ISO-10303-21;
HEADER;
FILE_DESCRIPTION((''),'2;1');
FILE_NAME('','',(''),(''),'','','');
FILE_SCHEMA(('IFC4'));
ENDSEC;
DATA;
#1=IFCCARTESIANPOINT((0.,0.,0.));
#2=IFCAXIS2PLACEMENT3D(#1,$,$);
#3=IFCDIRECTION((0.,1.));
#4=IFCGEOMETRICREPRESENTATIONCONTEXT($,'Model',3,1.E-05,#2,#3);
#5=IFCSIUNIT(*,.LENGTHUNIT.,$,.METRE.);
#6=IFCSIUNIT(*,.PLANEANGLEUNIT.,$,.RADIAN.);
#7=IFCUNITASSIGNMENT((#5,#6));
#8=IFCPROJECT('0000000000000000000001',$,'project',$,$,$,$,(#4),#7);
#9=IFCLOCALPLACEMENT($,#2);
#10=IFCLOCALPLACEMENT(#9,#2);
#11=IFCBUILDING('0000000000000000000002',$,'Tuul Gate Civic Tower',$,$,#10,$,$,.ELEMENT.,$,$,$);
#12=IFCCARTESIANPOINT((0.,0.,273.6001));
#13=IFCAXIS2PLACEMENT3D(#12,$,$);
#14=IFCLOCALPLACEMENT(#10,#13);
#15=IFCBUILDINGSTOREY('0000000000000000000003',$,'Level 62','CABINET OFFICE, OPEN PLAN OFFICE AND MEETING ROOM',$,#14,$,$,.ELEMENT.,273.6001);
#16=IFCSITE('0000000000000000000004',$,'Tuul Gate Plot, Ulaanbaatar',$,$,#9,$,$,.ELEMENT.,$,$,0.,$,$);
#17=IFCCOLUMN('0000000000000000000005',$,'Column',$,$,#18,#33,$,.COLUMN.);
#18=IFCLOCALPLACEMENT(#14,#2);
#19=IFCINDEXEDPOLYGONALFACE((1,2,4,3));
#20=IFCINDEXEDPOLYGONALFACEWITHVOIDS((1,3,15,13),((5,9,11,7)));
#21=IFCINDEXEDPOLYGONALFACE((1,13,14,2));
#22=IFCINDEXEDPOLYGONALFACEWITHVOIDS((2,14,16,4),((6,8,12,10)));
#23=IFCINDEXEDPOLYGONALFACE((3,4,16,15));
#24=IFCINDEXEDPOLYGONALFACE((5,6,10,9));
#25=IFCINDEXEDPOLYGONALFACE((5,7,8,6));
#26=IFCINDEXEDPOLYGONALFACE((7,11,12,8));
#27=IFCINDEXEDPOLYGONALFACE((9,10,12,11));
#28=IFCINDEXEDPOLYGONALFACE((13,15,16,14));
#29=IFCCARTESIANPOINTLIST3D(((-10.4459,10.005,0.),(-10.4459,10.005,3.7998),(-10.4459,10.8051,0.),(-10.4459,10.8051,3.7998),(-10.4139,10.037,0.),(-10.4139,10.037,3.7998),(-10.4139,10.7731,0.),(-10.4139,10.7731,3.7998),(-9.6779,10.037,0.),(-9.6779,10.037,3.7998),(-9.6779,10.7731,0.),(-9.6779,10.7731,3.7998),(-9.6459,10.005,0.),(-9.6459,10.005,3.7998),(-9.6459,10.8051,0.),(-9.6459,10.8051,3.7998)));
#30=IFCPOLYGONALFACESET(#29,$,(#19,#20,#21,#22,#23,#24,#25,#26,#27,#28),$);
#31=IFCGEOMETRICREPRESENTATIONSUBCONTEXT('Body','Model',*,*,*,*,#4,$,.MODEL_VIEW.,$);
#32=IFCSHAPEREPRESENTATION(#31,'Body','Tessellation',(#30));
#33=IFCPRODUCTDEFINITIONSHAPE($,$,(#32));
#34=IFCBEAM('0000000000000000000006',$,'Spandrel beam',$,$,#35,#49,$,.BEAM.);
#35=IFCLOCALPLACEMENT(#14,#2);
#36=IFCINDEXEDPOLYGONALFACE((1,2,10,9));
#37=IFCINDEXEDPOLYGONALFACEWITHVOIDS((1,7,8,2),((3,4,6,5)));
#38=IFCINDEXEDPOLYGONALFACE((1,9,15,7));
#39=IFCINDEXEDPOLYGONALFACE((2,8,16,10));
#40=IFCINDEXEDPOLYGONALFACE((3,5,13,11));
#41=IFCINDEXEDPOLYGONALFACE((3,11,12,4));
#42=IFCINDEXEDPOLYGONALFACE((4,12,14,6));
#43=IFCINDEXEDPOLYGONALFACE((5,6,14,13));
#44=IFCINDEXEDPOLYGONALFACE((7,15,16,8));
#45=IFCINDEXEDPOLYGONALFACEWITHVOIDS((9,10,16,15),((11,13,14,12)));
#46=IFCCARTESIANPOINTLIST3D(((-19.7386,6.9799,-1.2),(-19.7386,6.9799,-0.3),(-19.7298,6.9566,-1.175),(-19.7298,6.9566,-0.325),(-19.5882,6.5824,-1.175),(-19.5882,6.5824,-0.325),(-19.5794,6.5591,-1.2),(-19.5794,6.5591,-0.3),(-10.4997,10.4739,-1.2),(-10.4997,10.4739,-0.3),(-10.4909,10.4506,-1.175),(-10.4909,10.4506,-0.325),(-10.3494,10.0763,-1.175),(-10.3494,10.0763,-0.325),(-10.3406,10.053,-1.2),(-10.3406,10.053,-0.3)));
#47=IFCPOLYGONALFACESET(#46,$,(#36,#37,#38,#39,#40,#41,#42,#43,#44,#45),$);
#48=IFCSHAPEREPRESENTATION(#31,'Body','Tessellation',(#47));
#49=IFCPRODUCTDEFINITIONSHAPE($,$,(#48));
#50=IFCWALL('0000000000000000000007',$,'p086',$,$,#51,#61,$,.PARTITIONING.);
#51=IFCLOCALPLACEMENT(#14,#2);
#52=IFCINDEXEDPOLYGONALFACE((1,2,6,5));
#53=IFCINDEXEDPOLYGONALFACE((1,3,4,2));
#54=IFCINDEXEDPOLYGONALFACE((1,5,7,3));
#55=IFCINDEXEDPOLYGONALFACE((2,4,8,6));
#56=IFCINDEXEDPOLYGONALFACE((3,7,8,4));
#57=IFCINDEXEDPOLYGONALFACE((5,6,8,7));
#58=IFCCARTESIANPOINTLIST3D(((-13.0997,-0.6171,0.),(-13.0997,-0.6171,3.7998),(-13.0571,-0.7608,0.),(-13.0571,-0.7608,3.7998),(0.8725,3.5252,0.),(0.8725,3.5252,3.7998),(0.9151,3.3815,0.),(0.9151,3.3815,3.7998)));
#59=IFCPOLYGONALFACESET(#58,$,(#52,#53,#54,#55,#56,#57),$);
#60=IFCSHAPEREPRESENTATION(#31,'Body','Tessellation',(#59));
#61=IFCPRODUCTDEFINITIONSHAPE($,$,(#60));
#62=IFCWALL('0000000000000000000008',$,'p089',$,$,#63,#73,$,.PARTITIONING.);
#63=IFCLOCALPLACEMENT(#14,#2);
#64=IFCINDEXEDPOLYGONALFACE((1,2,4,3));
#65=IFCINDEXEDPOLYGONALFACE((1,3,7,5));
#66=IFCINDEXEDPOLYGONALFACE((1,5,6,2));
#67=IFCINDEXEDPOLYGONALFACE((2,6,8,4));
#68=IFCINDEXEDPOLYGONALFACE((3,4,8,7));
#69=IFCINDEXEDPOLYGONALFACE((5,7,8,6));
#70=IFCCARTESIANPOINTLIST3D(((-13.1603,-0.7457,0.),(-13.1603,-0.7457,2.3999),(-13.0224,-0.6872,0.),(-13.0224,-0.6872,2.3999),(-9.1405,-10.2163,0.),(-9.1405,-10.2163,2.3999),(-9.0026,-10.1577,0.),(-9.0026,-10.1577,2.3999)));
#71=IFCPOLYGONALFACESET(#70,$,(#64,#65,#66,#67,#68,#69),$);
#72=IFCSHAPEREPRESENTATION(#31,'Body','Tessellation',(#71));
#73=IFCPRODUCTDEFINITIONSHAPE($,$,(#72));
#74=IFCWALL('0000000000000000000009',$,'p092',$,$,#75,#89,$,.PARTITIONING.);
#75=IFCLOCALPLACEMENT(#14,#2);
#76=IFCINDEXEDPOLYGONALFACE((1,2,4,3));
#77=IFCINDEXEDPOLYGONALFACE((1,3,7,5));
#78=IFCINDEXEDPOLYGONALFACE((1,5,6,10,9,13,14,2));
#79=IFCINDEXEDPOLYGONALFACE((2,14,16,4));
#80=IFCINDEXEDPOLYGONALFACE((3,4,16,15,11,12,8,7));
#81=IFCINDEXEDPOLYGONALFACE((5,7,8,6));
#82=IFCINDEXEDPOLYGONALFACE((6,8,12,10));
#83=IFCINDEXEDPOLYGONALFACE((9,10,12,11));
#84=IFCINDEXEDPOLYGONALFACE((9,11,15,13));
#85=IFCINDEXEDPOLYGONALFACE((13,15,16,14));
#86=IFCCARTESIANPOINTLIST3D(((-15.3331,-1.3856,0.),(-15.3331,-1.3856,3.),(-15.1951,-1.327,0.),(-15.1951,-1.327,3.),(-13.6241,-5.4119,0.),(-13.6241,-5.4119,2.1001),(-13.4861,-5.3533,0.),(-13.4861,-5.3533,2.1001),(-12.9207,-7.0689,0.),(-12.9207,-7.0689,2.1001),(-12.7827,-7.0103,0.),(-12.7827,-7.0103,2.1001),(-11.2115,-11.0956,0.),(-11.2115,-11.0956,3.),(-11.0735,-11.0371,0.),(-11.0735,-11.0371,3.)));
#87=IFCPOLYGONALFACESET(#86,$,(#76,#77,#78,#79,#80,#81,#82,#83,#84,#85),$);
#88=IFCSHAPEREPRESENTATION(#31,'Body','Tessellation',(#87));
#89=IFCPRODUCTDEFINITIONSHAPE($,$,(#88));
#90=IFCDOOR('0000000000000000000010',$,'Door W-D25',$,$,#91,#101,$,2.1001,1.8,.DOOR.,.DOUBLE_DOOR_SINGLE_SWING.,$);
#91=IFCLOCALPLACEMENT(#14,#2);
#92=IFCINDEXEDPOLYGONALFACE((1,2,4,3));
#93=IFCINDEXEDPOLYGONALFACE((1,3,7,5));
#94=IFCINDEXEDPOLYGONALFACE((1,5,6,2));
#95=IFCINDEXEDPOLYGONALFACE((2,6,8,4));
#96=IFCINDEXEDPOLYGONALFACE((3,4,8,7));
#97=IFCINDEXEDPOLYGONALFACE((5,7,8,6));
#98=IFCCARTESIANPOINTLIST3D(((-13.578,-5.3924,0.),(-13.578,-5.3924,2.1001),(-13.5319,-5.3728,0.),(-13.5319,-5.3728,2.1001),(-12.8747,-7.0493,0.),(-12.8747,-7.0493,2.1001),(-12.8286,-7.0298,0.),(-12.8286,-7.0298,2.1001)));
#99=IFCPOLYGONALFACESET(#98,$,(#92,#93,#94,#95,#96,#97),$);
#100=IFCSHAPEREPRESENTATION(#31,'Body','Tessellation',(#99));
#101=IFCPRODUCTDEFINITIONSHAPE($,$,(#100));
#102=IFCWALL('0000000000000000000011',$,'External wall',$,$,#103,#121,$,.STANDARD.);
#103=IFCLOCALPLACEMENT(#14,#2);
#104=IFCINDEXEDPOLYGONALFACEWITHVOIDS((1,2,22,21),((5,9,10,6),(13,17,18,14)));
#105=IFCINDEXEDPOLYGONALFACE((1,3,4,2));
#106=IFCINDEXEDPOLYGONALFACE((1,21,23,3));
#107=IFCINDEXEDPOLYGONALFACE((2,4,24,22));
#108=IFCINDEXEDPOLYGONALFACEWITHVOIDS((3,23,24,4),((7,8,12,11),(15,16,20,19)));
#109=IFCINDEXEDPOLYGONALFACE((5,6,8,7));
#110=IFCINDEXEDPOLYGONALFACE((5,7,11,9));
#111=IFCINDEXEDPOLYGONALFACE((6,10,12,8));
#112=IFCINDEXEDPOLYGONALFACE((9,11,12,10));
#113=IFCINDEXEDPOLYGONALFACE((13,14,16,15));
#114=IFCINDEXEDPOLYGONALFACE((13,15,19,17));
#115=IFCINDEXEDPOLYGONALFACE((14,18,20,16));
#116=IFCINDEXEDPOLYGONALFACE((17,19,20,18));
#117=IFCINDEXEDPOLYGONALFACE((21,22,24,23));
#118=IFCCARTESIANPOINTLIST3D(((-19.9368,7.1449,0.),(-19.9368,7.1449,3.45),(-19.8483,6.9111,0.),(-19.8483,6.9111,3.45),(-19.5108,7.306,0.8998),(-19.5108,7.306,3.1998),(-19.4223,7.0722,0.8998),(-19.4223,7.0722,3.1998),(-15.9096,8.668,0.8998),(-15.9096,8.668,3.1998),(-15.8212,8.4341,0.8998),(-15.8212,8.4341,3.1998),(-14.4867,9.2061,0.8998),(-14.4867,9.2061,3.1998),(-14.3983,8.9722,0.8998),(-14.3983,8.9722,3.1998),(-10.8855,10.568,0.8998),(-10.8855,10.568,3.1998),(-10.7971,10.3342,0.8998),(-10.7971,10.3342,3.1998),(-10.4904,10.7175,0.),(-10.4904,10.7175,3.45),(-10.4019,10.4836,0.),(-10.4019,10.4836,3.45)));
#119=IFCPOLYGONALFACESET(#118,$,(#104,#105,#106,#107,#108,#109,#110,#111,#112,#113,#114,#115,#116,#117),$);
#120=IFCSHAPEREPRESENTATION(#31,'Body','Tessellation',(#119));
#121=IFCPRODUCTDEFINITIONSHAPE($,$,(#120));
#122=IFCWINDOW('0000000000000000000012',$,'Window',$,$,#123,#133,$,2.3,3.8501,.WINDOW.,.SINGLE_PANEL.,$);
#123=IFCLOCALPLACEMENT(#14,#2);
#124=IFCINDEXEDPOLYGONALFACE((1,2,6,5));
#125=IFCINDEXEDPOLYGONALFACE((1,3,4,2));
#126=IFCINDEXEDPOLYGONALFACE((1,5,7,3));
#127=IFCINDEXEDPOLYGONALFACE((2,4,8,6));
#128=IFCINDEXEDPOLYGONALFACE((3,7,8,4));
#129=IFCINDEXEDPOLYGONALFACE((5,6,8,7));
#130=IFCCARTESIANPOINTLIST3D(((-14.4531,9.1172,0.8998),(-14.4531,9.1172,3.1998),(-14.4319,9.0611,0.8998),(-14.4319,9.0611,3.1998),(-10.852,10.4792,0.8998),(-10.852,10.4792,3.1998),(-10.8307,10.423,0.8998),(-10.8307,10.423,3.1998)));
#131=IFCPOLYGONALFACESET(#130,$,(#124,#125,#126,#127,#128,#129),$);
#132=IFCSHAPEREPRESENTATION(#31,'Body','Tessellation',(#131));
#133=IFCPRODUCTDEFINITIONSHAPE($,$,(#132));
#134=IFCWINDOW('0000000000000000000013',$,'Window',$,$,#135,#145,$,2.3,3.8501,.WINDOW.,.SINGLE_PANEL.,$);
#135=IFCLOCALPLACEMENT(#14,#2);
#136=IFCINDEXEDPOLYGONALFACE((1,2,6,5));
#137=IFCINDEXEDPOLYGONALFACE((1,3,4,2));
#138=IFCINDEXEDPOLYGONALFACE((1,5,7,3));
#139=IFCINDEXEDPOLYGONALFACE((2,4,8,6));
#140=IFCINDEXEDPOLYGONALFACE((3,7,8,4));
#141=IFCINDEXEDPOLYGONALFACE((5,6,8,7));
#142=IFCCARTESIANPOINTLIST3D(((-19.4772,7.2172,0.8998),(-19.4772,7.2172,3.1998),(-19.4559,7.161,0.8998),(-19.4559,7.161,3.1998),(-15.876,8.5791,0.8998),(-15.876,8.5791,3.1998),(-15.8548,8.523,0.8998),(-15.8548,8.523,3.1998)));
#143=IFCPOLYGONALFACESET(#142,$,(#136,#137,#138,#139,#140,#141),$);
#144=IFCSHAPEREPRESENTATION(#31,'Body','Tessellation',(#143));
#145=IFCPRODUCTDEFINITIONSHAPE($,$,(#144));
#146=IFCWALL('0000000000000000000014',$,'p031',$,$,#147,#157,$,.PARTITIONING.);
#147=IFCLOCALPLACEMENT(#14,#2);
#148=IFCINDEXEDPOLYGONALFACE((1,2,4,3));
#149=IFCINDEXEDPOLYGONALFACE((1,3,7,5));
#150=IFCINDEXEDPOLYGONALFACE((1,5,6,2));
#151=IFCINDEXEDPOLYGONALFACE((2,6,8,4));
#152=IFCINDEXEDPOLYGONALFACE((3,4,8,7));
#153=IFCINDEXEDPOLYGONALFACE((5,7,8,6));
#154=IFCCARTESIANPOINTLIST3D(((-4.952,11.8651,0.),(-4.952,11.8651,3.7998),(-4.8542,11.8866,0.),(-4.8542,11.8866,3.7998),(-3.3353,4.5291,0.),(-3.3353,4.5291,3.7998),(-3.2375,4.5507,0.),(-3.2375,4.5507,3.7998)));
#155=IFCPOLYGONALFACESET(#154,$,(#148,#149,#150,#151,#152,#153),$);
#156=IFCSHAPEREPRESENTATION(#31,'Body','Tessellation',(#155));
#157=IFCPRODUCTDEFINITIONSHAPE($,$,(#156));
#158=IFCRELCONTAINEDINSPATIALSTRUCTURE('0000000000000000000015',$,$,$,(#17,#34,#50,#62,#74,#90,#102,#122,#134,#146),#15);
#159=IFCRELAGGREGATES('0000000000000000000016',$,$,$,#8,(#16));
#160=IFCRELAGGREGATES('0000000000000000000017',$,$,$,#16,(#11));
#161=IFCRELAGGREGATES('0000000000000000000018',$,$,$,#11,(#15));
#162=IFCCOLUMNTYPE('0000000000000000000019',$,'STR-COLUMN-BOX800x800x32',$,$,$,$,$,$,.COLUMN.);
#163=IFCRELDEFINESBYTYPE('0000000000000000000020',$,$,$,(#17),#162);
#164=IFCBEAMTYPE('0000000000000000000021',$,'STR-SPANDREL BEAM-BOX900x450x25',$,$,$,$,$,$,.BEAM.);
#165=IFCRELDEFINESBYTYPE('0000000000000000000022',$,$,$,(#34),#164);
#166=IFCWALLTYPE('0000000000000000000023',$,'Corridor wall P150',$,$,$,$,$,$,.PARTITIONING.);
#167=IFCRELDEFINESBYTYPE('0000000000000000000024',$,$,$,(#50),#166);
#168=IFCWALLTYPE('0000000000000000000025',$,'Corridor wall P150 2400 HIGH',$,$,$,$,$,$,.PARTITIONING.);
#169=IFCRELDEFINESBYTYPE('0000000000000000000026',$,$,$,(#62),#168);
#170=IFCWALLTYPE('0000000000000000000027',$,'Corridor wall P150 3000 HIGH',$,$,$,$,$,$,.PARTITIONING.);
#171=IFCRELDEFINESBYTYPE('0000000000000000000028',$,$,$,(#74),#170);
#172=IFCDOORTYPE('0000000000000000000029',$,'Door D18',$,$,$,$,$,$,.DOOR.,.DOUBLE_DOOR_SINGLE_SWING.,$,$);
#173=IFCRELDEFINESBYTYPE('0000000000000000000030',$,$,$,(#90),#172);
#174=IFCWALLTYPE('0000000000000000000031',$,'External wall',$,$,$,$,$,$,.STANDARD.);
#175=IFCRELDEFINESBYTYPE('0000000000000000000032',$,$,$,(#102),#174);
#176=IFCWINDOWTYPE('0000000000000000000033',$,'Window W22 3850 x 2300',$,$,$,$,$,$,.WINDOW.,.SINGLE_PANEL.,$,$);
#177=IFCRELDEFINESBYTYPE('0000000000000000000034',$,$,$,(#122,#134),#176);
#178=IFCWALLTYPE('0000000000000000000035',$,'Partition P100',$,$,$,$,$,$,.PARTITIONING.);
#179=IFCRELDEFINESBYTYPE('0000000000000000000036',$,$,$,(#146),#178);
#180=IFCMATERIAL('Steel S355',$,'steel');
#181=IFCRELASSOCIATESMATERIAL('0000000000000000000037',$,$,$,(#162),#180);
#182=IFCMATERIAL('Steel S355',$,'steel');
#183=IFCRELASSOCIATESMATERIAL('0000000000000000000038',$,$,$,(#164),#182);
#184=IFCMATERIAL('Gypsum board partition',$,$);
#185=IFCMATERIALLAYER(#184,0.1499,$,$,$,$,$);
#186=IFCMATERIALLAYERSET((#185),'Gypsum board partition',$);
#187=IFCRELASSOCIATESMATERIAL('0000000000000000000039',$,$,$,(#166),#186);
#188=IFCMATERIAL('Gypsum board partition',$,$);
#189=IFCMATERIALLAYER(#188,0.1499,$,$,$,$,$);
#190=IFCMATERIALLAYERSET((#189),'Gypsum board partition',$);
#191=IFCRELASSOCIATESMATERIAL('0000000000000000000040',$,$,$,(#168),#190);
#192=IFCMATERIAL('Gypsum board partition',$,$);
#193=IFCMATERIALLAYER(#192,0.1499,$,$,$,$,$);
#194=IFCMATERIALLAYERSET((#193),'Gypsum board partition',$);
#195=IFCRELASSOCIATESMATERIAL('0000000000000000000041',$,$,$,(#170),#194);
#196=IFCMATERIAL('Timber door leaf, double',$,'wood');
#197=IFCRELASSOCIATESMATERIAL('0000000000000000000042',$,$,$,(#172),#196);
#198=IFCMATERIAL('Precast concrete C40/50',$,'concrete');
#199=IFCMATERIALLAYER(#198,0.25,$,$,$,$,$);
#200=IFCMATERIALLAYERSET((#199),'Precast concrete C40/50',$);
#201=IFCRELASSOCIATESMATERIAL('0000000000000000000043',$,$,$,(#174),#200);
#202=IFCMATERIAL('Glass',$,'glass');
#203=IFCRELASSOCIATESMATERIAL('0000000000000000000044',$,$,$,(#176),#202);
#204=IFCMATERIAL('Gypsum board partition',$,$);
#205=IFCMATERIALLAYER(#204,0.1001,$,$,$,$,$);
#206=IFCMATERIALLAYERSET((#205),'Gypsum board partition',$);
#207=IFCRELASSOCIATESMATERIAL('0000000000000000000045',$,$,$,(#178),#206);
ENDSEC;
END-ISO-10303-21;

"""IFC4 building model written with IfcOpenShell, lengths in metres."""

from ifc_helpers import new_model, si_unit, direction, frame, frame_2d, origin, origin_2d, place, context, subcontext, project, spatial, rectangle, hollow_rectangle, extrude, material, layer, layer_set, material_profile, profile_set, type_object, element, fill, save


model = new_model("IFC4")

# Units and contexts
model_context = context("Model", 3, precision=1e-05, world=origin(), true_north=direction((0.0, 1.0)))
body_context = subcontext(model_context, "Body", "Model", "MODEL_VIEW")
ifc_project = project(units=[si_unit("LENGTHUNIT", "METRE"), si_unit("PLANEANGLEUNIT", "RADIAN")], contexts=[model_context])

# Site, building, storey
site_placement = place(None, origin())
site = spatial("IfcSite", under=ifc_project, at=site_placement, Name="Tuul Gate Plot, Ulaanbaatar", CompositionType="ELEMENT", RefElevation=0.0)
building_placement = place(site_placement, origin())
building = spatial("IfcBuilding", under=site, at=building_placement, Name="Tuul Gate Civic Tower", CompositionType="ELEMENT")
storey_placement = place(building_placement, frame((0.0, 0.0, 273.6001)))
storey = spatial("IfcBuildingStorey", under=building, at=storey_placement, Name="Level 62", Description="CABINET OFFICE, OPEN PLAN OFFICE AND MEETING ROOM", CompositionType="ELEMENT", Elevation=273.6001)

# Column
ifc_material_1 = material(Name="Steel S355", Category="steel")
ifc_material_profile_1 = material_profile(ifc_material_1, hollow_rectangle(XDim=0.8, YDim=0.8, WallThickness=0.032, at=origin_2d()), Name="BOX800x800x32")
ifc_profile_set_1 = profile_set([ifc_material_profile_1], Name="Steel S355")
column_type = type_object("IfcColumnType", Name="STR-COLUMN-BOX800x800x32", PredefinedType="COLUMN", material=ifc_profile_set_1)
column_placement = place(storey_placement, frame((-10.0459, 10.405, 0.0), z_axis=(0.0, 0.0, 1.0), x_axis=(1.0, 0.0, 0.0)))
element("IfcColumn", 1, at=column_placement, inside=storey, type_object=column_type, Name="Column", PredefinedType="COLUMN", context=body_context, shape_type="SweptSolid", body=[
    extrude(hollow_rectangle(XDim=0.8, YDim=0.8, WallThickness=0.032, at=origin_2d()), origin(), (0.0, 0.0, 1.0), 3.7998),
])

# Beam
ifc_material_2 = material(Name="Steel S355", Category="steel")
ifc_material_profile_2 = material_profile(ifc_material_2, hollow_rectangle(XDim=0.45, YDim=0.8999, WallThickness=0.0249, at=origin_2d()), Name="BOX900x450x25")
ifc_profile_set_2 = profile_set([ifc_material_profile_2], Name="Steel S355")
beam_type = type_object("IfcBeamType", Name="STR-SPANDREL BEAM-BOX900x450x25", PredefinedType="BEAM", material=ifc_profile_set_2)
beam_placement = place(storey_placement, frame((-10.4202, 10.2634, -0.75), z_axis=(-0.935348, -0.353728, 0.0), x_axis=(0.353728, -0.935348, 0.0)))
element("IfcBeam", 2, at=beam_placement, inside=storey, type_object=beam_type, Name="Spandrel beam", PredefinedType="BEAM", context=body_context, shape_type="SweptSolid", body=[
    extrude(hollow_rectangle(XDim=0.45, YDim=0.8999, WallThickness=0.0249, at=origin_2d()), origin(), (0.0, 0.0, 1.0), 9.8774),
])

# Walls
ifc_material_3 = material(Name="Gypsum board partition")
ifc_layer_1 = layer(ifc_material_3, 0.1499)
ifc_layer_set_1 = layer_set([ifc_layer_1], Name="Gypsum board partition")
wall_type_1 = type_object("IfcWallType", Name="Corridor wall P150", PredefinedType="PARTITIONING", material=ifc_layer_set_1)
wall_1_placement = place(storey_placement, frame((-13.0784, -0.689, 0.0), z_axis=(0.0, 0.0, 1.0), x_axis=(0.958753, 0.284242, 0.0)))
element("IfcWall", 3, at=wall_1_placement, inside=storey, type_object=wall_type_1, Name="p086", PredefinedType="PARTITIONING", context=body_context, shape_type="SweptSolid", body=[
    extrude(rectangle(XDim=14.5732, YDim=0.1499, at=frame_2d((7.2866, 0.0))), origin(), (0.0, 0.0, 1.0), 3.7998),
])
ifc_material_4 = material(Name="Gypsum board partition")
ifc_layer_2 = layer(ifc_material_4, 0.1499)
ifc_layer_set_2 = layer_set([ifc_layer_2], Name="Gypsum board partition")
wall_type_2 = type_object("IfcWallType", Name="Corridor wall P150 2400 HIGH", PredefinedType="PARTITIONING", material=ifc_layer_set_2)
wall_2_placement = place(storey_placement, frame((-13.0913, -0.7166, 0.0), z_axis=(0.0, 0.0, 1.0), x_axis=(0.390715, -0.920512, 0.0)))
element("IfcWall", 4, at=wall_2_placement, inside=storey, type_object=wall_type_2, Name="p089", PredefinedType="PARTITIONING", context=body_context, shape_type="SweptSolid", body=[
    extrude(rectangle(XDim=10.2883, YDim=0.1499, at=frame_2d((5.144, 0.0))), origin(), (0.0, 0.0, 1.0), 2.3999),
])

# Wall, opening, door
ifc_material_5 = material(Name="Gypsum board partition")
ifc_layer_3 = layer(ifc_material_5, 0.1499)
ifc_layer_set_3 = layer_set([ifc_layer_3], Name="Gypsum board partition")
wall_type_3 = type_object("IfcWallType", Name="Corridor wall P150 3000 HIGH", PredefinedType="PARTITIONING", material=ifc_layer_set_3)
wall_3_placement = place(storey_placement, frame((-15.2642, -1.3562, 0.0), z_axis=(0.0, 0.0, 1.0), x_axis=(0.390727, -0.920507, 0.0)))
wall_3 = element("IfcWall", 5, at=wall_3_placement, inside=storey, type_object=wall_type_3, Name="p092", PredefinedType="PARTITIONING", context=body_context, shape_type="SweptSolid", body=[
    extrude(rectangle(XDim=10.5486, YDim=0.1499, at=frame_2d((5.2744, 0.0))), origin(), (0.0, 0.0, 1.0), 3.0),
])
opening_1_placement = place(wall_3_placement, frame((4.3743, 0.0, 0.0)))
opening_1 = element("IfcOpeningElement", 6, at=opening_1_placement, cuts=wall_3, PredefinedType="OPENING", context=body_context, shape_type="SweptSolid", body=[
    extrude(rectangle(XDim=1.8, YDim=2.1001, at=frame_2d((0.8999, 1.05))), frame((0.0, 0.085, 0.0), z_axis=(0.0, -1.0, 0.0), x_axis=(1.0, 0.0, 0.0)), (0.0, 0.0, 1.0), 0.1699),
])
ifc_material_6 = material(Name="Timber door leaf, double", Category="wood")
door_type = type_object("IfcDoorType", Name="Door D18", OperationType="DOUBLE_DOOR_SINGLE_SWING", PredefinedType="DOOR", material=ifc_material_6)
door_placement = place(opening_1_placement, frame((1.8, 0.0, 0.0), z_axis=(0.0, 0.0, 1.0), x_axis=(-1.0, 0.0, 0.0)))
door = element("IfcDoor", 7, at=door_placement, inside=storey, type_object=door_type, Name="Door W-D25", OperationType="DOUBLE_DOOR_SINGLE_SWING", OverallHeight=2.1001, OverallWidth=1.8, PredefinedType="DOOR", context=body_context, shape_type="SweptSolid", body=[
    extrude(rectangle(XDim=1.8, YDim=2.1001, at=frame_2d((0.9001, 1.05))), frame((0.0, 0.0249, 0.0), z_axis=(0.0, -1.0, 0.0), x_axis=(1.0, 0.0, 0.0)), (0.0, 0.0, 1.0), 0.05),
])
fill(opening_1, door)

# Wall, openings, windows
ifc_material_7 = material(Name="Precast concrete C40/50", Category="concrete")
ifc_layer_4 = layer(ifc_material_7, 0.25)
ifc_layer_set_4 = layer_set([ifc_layer_4], Name="Precast concrete C40/50")
wall_type_4 = type_object("IfcWallType", Name="External wall", PredefinedType="STANDARD", material=ifc_layer_set_4)
wall_4_placement = place(storey_placement, frame((-10.446, 10.6006, 0.0), z_axis=(0.0, 0.0, 1.0), x_axis=(-0.935344, -0.353739, 0.0)))
wall_4 = element("IfcWall", 8, at=wall_4_placement, inside=storey, type_object=wall_type_4, Name="External wall", PredefinedType="STANDARD", context=body_context, shape_type="SweptSolid", body=[
    extrude(rectangle(XDim=10.0994, YDim=0.25, at=frame_2d((5.0498, 0.0))), origin(), (0.0, 0.0, 1.0), 3.45),
])
opening_2_placement = place(wall_4_placement, frame((0.4226, 0.0, 0.8999)))
opening_2 = element("IfcOpeningElement", 9, at=opening_2_placement, cuts=wall_4, PredefinedType="OPENING", context=body_context, shape_type="SweptSolid", body=[
    extrude(rectangle(XDim=3.8501, YDim=2.3, at=frame_2d((1.925, 1.1499))), frame((0.0, 0.135, 0.0), z_axis=(0.0, -1.0, 0.0), x_axis=(1.0, 0.0, 0.0)), (0.0, 0.0, 1.0), 0.27),
])
opening_3_placement = place(wall_4_placement, frame((5.7939, 0.0, 0.8999)))
opening_3 = element("IfcOpeningElement", 10, at=opening_3_placement, cuts=wall_4, PredefinedType="OPENING", context=body_context, shape_type="SweptSolid", body=[
    extrude(rectangle(XDim=3.8501, YDim=2.3, at=frame_2d((1.925, 1.1499))), frame((0.0, 0.135, 0.0), z_axis=(0.0, -1.0, 0.0), x_axis=(1.0, 0.0, 0.0)), (0.0, 0.0, 1.0), 0.27),
])
ifc_material_8 = material(Name="Glass", Category="glass")
window_type = type_object("IfcWindowType", Name="Window W22 3850 x 2300", PartitioningType="SINGLE_PANEL", PredefinedType="WINDOW", material=ifc_material_8)
window_1_placement = place(opening_2_placement, origin())
window_1 = element("IfcWindow", 11, at=window_1_placement, inside=storey, type_object=window_type, Name="Window", OverallHeight=2.3, OverallWidth=3.8501, PartitioningType="SINGLE_PANEL", PredefinedType="WINDOW", context=body_context, shape_type="SweptSolid", body=[
    extrude(rectangle(XDim=3.8501, YDim=2.3, at=frame_2d((1.925, 1.1499))), frame((0.0, 0.03, 0.0), z_axis=(0.0, -1.0, 0.0), x_axis=(1.0, 0.0, 0.0)), (0.0, 0.0, 1.0), 0.0601),
])
fill(opening_2, window_1)
window_2_placement = place(opening_3_placement, origin())
window_2 = element("IfcWindow", 12, at=window_2_placement, inside=storey, type_object=window_type, Name="Window", OverallHeight=2.3, OverallWidth=3.8501, PartitioningType="SINGLE_PANEL", PredefinedType="WINDOW", context=body_context, shape_type="SweptSolid", body=[
    extrude(rectangle(XDim=3.8501, YDim=2.3, at=frame_2d((1.925, 1.1499))), frame((0.0, 0.03, 0.0), z_axis=(0.0, -1.0, 0.0), x_axis=(1.0, 0.0, 0.0)), (0.0, 0.0, 1.0), 0.0601),
])
fill(opening_3, window_2)

# Wall
ifc_material_9 = material(Name="Gypsum board partition")
ifc_layer_5 = layer(ifc_material_9, 0.1001)
ifc_layer_set_5 = layer_set([ifc_layer_5], Name="Gypsum board partition")
wall_type_5 = type_object("IfcWallType", Name="Partition P100", PredefinedType="PARTITIONING", material=ifc_layer_set_5)
wall_5_placement = place(storey_placement, frame((-4.9031, 11.8757, 0.0), z_axis=(0.0, 0.0, 1.0), x_axis=(0.215216, -0.976566, 0.0)))
element("IfcWall", 13, at=wall_5_placement, inside=storey, type_object=wall_type_5, Name="p031", PredefinedType="PARTITIONING", context=body_context, shape_type="SweptSolid", body=[
    extrude(rectangle(XDim=7.512, YDim=0.1001, at=frame_2d((3.7559, 0.0))), origin(), (0.0, 0.0, 1.0), 3.7998),
])

save(model, "model.ifc")
